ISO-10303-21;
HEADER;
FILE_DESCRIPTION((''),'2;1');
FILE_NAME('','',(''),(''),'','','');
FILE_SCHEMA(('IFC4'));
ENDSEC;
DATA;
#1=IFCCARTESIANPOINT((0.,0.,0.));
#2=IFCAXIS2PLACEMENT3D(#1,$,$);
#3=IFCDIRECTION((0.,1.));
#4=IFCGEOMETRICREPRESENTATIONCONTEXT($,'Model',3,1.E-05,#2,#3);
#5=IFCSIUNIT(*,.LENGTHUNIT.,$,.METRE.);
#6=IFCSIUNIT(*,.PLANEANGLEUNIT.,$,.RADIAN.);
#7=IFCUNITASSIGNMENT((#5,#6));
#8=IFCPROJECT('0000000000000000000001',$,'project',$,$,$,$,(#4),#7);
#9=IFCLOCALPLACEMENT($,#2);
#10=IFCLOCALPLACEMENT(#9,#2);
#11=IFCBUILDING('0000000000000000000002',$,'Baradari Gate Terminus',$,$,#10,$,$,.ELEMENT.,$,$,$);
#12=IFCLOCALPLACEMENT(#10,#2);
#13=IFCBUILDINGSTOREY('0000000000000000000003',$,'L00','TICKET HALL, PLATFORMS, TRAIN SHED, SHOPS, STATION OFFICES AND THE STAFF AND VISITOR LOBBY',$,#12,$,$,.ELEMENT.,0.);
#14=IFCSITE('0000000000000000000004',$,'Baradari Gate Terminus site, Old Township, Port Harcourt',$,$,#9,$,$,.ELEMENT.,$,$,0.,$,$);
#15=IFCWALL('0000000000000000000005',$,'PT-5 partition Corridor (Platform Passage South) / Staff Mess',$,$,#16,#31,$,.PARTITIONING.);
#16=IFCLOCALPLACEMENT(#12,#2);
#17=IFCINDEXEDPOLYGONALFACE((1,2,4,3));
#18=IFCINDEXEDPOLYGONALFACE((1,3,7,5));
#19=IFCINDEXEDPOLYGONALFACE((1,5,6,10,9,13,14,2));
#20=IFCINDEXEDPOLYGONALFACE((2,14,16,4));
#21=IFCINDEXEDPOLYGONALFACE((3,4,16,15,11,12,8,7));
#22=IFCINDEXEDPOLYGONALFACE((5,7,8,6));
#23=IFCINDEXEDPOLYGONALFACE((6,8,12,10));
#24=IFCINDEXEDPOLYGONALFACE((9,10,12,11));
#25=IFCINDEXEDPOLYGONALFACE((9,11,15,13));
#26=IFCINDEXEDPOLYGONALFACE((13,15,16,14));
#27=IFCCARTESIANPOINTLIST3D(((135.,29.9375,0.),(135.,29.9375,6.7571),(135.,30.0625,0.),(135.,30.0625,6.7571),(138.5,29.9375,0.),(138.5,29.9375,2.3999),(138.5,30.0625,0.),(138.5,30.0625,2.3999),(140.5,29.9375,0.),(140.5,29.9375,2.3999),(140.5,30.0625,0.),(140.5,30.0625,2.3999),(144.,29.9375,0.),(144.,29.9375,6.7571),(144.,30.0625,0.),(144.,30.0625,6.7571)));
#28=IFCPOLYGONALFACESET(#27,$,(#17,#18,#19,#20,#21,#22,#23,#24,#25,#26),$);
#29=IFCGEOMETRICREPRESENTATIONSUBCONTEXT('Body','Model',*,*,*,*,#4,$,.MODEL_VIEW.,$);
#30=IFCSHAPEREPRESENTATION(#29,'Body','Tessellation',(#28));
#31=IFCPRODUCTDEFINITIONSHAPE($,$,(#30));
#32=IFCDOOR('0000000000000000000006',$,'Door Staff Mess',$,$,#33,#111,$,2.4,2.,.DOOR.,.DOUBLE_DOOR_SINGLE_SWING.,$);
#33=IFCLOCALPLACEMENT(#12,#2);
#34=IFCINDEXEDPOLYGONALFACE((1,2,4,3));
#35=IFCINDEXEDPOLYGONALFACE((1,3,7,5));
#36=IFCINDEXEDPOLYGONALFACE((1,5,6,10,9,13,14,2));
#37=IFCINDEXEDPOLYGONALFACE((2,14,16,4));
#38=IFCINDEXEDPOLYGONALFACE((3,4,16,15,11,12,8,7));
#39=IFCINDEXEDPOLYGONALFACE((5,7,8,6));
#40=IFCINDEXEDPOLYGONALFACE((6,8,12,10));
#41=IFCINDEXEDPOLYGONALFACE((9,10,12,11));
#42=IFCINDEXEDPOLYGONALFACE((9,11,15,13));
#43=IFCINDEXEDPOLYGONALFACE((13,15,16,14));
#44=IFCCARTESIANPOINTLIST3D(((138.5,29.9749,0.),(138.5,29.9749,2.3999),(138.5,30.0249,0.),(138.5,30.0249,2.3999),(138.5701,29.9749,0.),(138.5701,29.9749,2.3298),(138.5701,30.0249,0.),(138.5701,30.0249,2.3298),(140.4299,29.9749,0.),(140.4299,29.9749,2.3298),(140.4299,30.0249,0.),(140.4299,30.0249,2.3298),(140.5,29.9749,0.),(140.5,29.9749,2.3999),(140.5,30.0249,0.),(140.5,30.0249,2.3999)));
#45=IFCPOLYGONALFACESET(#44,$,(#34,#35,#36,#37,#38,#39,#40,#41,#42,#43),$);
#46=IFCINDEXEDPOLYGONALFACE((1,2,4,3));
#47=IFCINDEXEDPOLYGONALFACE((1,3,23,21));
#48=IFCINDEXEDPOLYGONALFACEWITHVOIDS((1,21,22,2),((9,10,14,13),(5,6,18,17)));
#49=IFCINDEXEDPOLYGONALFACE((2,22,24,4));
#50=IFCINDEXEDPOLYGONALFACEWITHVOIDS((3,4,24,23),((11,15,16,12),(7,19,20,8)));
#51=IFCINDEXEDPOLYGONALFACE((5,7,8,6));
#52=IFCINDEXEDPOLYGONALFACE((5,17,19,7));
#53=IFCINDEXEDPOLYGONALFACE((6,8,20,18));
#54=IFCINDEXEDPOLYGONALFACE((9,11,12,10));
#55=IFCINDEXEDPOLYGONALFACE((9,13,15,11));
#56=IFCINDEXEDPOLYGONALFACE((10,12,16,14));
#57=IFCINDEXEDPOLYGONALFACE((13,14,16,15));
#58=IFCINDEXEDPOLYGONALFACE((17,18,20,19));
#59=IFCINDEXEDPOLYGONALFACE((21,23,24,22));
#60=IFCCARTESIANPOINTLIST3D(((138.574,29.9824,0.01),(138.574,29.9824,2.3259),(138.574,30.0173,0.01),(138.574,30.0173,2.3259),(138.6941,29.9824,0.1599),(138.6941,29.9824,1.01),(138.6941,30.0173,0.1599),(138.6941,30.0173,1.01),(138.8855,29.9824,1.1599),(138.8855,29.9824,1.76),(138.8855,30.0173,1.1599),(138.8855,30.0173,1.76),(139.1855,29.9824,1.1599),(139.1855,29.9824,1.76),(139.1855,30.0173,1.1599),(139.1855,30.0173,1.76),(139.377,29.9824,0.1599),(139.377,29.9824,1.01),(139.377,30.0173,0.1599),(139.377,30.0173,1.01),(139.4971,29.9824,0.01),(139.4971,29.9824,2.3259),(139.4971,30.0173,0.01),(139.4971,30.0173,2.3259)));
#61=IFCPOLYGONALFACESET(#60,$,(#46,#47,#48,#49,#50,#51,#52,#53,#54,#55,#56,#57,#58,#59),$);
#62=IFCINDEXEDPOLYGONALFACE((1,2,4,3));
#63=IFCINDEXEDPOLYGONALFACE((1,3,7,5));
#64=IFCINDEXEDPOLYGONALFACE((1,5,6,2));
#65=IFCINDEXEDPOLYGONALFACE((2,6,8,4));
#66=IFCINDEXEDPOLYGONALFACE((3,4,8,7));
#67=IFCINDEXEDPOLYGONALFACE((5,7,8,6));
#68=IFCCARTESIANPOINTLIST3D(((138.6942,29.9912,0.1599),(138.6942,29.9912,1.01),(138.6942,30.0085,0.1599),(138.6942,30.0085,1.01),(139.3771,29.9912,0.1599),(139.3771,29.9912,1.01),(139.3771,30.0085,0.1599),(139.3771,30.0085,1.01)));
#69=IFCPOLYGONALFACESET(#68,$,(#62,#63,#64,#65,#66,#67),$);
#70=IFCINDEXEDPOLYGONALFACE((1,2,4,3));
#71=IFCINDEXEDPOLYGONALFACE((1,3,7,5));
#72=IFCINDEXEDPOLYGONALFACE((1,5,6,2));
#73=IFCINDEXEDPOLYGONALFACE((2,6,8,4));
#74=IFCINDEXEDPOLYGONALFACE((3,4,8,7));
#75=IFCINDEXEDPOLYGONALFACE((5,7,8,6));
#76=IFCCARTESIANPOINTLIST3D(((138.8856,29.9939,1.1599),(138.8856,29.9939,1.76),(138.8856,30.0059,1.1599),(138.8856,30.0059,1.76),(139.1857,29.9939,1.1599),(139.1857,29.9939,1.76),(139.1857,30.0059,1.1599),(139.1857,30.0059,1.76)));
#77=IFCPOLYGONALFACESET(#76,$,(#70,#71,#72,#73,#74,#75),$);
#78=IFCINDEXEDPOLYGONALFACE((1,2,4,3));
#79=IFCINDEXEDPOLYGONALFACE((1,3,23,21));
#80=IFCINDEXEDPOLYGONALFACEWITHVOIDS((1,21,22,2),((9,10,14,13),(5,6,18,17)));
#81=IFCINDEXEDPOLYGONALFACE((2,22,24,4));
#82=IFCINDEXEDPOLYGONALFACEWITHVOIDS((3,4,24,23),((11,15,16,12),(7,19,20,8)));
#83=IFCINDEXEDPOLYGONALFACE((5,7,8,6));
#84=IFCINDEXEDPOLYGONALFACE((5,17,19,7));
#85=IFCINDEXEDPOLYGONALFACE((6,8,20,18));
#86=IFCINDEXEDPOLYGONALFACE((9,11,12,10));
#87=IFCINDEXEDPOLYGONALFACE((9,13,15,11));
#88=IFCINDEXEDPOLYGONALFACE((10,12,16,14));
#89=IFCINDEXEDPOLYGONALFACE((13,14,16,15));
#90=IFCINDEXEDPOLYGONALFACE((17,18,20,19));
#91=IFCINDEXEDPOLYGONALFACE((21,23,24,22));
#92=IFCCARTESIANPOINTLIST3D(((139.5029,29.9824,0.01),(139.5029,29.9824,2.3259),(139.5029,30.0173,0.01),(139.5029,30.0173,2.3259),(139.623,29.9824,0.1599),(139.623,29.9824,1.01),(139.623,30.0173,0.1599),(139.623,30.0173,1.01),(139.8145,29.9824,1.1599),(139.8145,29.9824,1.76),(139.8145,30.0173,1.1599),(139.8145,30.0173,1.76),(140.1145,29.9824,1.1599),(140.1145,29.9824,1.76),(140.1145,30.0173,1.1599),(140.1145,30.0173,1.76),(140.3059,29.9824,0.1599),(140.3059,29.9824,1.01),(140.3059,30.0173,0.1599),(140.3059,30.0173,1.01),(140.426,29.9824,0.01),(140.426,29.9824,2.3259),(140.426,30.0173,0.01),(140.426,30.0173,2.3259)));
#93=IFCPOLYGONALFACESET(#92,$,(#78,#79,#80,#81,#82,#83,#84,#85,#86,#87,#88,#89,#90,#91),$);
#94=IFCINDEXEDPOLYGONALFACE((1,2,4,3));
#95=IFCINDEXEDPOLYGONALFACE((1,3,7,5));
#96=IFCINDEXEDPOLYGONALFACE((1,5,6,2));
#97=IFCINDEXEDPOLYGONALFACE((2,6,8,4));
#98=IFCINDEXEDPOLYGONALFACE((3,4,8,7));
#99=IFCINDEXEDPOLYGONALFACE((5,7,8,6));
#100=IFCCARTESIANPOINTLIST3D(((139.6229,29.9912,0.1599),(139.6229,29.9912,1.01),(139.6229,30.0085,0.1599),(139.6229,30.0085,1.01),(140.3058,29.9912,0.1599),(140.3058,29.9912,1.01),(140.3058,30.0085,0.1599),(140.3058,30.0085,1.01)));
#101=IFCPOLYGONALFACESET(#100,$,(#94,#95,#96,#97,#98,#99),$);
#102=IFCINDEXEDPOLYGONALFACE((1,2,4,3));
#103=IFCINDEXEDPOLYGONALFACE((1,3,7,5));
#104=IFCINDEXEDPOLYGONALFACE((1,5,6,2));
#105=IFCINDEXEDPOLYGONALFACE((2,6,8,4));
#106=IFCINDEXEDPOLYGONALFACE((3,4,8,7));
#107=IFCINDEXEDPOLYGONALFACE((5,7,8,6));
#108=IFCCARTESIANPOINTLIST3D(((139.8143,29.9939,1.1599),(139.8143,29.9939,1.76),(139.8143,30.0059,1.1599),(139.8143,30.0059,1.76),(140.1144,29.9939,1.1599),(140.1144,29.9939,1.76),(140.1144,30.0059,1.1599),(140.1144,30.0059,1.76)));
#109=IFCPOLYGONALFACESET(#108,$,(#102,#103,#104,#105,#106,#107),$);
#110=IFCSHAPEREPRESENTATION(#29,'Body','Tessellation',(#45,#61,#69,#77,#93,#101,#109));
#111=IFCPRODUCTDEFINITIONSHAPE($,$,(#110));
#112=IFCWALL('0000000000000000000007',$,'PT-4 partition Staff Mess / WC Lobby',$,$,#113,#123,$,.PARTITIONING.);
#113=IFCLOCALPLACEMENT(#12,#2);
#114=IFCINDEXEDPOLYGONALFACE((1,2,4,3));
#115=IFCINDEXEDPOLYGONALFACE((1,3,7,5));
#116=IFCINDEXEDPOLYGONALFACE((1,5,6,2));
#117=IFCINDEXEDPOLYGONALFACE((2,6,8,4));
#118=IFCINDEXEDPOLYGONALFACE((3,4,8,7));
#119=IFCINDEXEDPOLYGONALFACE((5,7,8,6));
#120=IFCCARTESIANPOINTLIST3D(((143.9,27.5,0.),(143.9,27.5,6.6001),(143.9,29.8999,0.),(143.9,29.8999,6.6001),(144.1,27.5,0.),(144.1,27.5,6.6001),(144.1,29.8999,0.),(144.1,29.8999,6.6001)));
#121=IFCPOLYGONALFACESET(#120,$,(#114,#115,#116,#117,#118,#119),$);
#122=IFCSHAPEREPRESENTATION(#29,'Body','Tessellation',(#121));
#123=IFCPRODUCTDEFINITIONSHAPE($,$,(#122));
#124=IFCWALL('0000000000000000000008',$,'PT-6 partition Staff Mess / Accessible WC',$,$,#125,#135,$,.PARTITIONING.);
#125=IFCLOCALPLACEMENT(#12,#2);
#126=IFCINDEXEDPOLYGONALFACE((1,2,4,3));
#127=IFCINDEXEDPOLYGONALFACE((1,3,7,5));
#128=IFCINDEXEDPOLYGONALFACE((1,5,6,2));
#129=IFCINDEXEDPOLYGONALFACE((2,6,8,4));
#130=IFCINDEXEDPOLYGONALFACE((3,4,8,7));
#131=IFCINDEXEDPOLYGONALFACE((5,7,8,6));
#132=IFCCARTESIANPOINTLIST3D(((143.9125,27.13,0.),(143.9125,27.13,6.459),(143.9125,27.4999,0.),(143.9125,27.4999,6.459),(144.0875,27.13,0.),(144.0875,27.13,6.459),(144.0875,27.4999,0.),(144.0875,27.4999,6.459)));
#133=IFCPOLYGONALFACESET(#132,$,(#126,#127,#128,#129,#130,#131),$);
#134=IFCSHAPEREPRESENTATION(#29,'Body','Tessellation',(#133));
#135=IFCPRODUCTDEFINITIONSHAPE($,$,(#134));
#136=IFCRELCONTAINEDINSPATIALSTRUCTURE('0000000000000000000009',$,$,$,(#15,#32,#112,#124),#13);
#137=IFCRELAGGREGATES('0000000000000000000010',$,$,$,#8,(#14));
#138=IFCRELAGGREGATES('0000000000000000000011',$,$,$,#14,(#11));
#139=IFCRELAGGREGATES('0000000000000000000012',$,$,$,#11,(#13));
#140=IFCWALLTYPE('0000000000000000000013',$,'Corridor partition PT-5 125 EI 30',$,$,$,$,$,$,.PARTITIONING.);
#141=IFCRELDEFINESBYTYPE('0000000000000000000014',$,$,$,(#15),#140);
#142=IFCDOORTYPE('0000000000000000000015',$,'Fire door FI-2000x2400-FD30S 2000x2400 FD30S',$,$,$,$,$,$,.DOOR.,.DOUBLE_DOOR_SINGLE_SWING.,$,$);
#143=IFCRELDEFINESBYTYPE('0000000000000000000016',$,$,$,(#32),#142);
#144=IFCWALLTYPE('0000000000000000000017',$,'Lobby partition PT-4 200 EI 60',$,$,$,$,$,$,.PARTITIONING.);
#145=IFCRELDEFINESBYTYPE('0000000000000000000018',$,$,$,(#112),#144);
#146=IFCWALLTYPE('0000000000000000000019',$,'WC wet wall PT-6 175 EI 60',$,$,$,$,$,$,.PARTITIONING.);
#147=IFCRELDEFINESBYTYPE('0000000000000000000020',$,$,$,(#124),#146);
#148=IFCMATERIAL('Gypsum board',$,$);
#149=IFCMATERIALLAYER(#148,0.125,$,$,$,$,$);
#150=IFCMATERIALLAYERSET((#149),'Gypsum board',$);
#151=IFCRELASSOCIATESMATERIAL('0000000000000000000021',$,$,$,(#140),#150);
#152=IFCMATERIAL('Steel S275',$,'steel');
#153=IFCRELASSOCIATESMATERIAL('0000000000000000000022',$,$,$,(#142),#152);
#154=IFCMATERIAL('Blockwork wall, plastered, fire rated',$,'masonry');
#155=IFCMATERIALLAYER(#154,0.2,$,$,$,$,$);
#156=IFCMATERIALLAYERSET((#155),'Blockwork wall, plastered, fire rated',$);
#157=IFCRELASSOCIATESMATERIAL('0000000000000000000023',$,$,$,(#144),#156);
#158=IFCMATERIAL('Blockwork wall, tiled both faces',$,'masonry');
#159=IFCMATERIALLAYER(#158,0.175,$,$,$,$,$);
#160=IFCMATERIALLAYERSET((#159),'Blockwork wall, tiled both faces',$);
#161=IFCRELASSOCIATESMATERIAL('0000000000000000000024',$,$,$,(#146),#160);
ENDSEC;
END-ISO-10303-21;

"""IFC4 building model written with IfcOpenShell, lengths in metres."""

from ifc_helpers import new_model, si_unit, direction, frame, frame_2d, origin, place, context, subcontext, project, spatial, polyline, rectangle, outline, extrude, material, layer, layer_set, type_object, element, fill, save


model = new_model("IFC4")

# Units and contexts
model_context = context("Model", 3, precision=1e-05, world=origin(), true_north=direction((0.0, 1.0)))
body_context = subcontext(model_context, "Body", "Model", "MODEL_VIEW")
ifc_project = project(units=[si_unit("LENGTHUNIT", "METRE"), si_unit("PLANEANGLEUNIT", "RADIAN")], contexts=[model_context])

# Site, building, storey
site_placement = place(None, origin())
site = spatial("IfcSite", under=ifc_project, at=site_placement, Name="Baradari Gate Terminus site, Old Township, Port Harcourt", CompositionType="ELEMENT", RefElevation=0.0)
building_placement = place(site_placement, origin())
building = spatial("IfcBuilding", under=site, at=building_placement, Name="Baradari Gate Terminus", CompositionType="ELEMENT")
storey_placement = place(building_placement, origin())
storey = spatial("IfcBuildingStorey", under=building, at=storey_placement, Name="L00", Description="TICKET HALL, PLATFORMS, TRAIN SHED, SHOPS, STATION OFFICES AND THE STAFF AND VISITOR LOBBY", CompositionType="ELEMENT", Elevation=0.0)

# Wall, opening, door
ifc_material_1 = material(Name="Gypsum board")
ifc_layer_1 = layer(ifc_material_1, 0.125)
ifc_layer_set_1 = layer_set([ifc_layer_1], Name="Gypsum board")
wall_type_1 = type_object("IfcWallType", Name="Corridor partition PT-5 125 EI 30", PredefinedType="PARTITIONING", material=ifc_layer_set_1)
wall_1_placement = place(storey_placement, frame((144.0, 30.0, 0.0), z_axis=(0.0, 0.0, 1.0), x_axis=(-1.0, 0.0, 0.0)))
wall_1 = element("IfcWall", 1, at=wall_1_placement, inside=storey, type_object=wall_type_1, Name="PT-5 partition Corridor (Platform Passage South) / Staff Mess", PredefinedType="PARTITIONING", context=body_context, shape_type="SweptSolid", body=[
    extrude(rectangle(XDim=9.0, YDim=0.125, at=frame_2d((4.5, 0.0))), origin(), (0.0, 0.0, 1.0), 6.7571),
])
opening_1_placement = place(wall_1_placement, frame((3.5, 0.0, 0.0)))
opening_1 = element("IfcOpeningElement", 2, at=opening_1_placement, cuts=wall_1, PredefinedType="OPENING", context=body_context, shape_type="SweptSolid", body=[
    extrude(rectangle(XDim=2.0, YDim=2.3999, at=frame_2d((1.0, 1.2))), frame((0.0, 0.0725, 0.0), z_axis=(0.0, -1.0, 0.0), x_axis=(1.0, 0.0, 0.0)), (0.0, 0.0, 1.0), 0.145),
])
ifc_material_2 = material(Name="Steel S275", Category="steel")
door_type = type_object("IfcDoorType", Name="Fire door FI-2000x2400-FD30S 2000x2400 FD30S", OperationType="DOUBLE_DOOR_SINGLE_SWING", PredefinedType="DOOR", material=ifc_material_2)
door_placement = place(opening_1_placement, frame((2.0, 0.0, 0.0), z_axis=(0.0, 0.0, 1.0), x_axis=(-1.0, 0.0, 0.0)))
door = element("IfcDoor", 3, at=door_placement, inside=storey, type_object=door_type, Name="Door Staff Mess", OperationType="DOUBLE_DOOR_SINGLE_SWING", OverallHeight=2.4, OverallWidth=2.0, PredefinedType="DOOR", context=body_context, shape_type="SweptSolid", body=[
    extrude(outline(polyline([(0.0, 0.0), (0.0701, 0.0), (0.0701, 2.3298), (1.9299, 2.3298), (1.9299, 0.0), (2.0, 0.0), (2.0, 2.3999), (0.0, 2.3999), (0.0, 0.0)])), frame((0.0, 0.0249, 0.0), z_axis=(0.0, -1.0, 0.0), x_axis=(1.0, 0.0, 0.0)), (0.0, 0.0, 1.0), 0.05),
    extrude(outline(polyline([(0.074, 0.01), (0.9971, 0.01), (0.9971, 2.3259), (0.074, 2.3259), (0.074, 0.01)]), holes=[polyline([(0.1941, 0.1599), (0.877, 0.1599), (0.877, 1.01), (0.1941, 1.01), (0.1941, 0.1599)]), polyline([(0.3855, 1.1599), (0.6855, 1.1599), (0.6855, 1.76), (0.3855, 1.76), (0.3855, 1.1599)])]), frame((0.0, 0.0173, 0.0), z_axis=(0.0, -1.0, 0.0), x_axis=(1.0, 0.0, 0.0)), (0.0, 0.0, 1.0), 0.0349),
    extrude(rectangle(XDim=0.6829, YDim=0.8501, at=frame_2d((0.5356, 0.585))), frame((0.0, 0.0085, 0.0), z_axis=(0.0, -1.0, 0.0), x_axis=(1.0, 0.0, 0.0)), (0.0, 0.0, 1.0), 0.0173),
    extrude(rectangle(XDim=0.3, YDim=0.6001, at=frame_2d((0.5356, 1.46))), frame((0.0, 0.0059, 0.0), z_axis=(0.0, -1.0, 0.0), x_axis=(1.0, 0.0, 0.0)), (0.0, 0.0, 1.0), 0.012),
    extrude(outline(polyline([(1.0029, 0.01), (1.926, 0.01), (1.926, 2.3259), (1.0029, 2.3259), (1.0029, 0.01)]), holes=[polyline([(1.123, 0.1599), (1.8059, 0.1599), (1.8059, 1.01), (1.123, 1.01), (1.123, 0.1599)]), polyline([(1.3145, 1.1599), (1.6145, 1.1599), (1.6145, 1.76), (1.3145, 1.76), (1.3145, 1.1599)])]), frame((0.0, 0.0173, 0.0), z_axis=(0.0, -1.0, 0.0), x_axis=(1.0, 0.0, 0.0)), (0.0, 0.0, 1.0), 0.0349),
    extrude(rectangle(XDim=0.6829, YDim=0.8501, at=frame_2d((1.4644, 0.585))), frame((0.0, 0.0085, 0.0), z_axis=(0.0, -1.0, 0.0), x_axis=(1.0, 0.0, 0.0)), (0.0, 0.0, 1.0), 0.0173),
    extrude(rectangle(XDim=0.3, YDim=0.6001, at=frame_2d((1.4644, 1.46))), frame((0.0, 0.0059, 0.0), z_axis=(0.0, -1.0, 0.0), x_axis=(1.0, 0.0, 0.0)), (0.0, 0.0, 1.0), 0.012),
])
fill(opening_1, door)

# Wall
ifc_material_3 = material(Name="Blockwork wall, plastered, fire rated", Category="masonry")
ifc_layer_2 = layer(ifc_material_3, 0.2)
ifc_layer_set_2 = layer_set([ifc_layer_2], Name="Blockwork wall, plastered, fire rated")
wall_type_2 = type_object("IfcWallType", Name="Lobby partition PT-4 200 EI 60", PredefinedType="PARTITIONING", material=ifc_layer_set_2)
wall_2_placement = place(storey_placement, frame((144.0, 29.8999, 0.0), z_axis=(0.0, 0.0, 1.0), x_axis=(0.0, -1.0, 0.0)))
element("IfcWall", 4, at=wall_2_placement, inside=storey, type_object=wall_type_2, Name="PT-4 partition Staff Mess / WC Lobby", PredefinedType="PARTITIONING", context=body_context, shape_type="SweptSolid", body=[
    extrude(rectangle(XDim=2.3999, YDim=0.2, at=frame_2d((1.2, 0.0))), origin(), (0.0, 0.0, 1.0), 6.6001),
])

# Wall
ifc_material_4 = material(Name="Blockwork wall, tiled both faces", Category="masonry")
ifc_layer_3 = layer(ifc_material_4, 0.175)
ifc_layer_set_3 = layer_set([ifc_layer_3], Name="Blockwork wall, tiled both faces")
wall_type_3 = type_object("IfcWallType", Name="WC wet wall PT-6 175 EI 60", PredefinedType="PARTITIONING", material=ifc_layer_set_3)
wall_3_placement = place(storey_placement, frame((144.0, 27.5, 0.0), z_axis=(0.0, 0.0, 1.0), x_axis=(0.0, -1.0, 0.0)))
element("IfcWall", 5, at=wall_3_placement, inside=storey, type_object=wall_type_3, Name="PT-6 partition Staff Mess / Accessible WC", PredefinedType="PARTITIONING", context=body_context, shape_type="SweptSolid", body=[
    extrude(rectangle(XDim=0.3699, YDim=0.175, at=frame_2d((0.1851, 0.0))), origin(), (0.0, 0.0, 1.0), 6.459),
])

save(model, "model.ifc")
